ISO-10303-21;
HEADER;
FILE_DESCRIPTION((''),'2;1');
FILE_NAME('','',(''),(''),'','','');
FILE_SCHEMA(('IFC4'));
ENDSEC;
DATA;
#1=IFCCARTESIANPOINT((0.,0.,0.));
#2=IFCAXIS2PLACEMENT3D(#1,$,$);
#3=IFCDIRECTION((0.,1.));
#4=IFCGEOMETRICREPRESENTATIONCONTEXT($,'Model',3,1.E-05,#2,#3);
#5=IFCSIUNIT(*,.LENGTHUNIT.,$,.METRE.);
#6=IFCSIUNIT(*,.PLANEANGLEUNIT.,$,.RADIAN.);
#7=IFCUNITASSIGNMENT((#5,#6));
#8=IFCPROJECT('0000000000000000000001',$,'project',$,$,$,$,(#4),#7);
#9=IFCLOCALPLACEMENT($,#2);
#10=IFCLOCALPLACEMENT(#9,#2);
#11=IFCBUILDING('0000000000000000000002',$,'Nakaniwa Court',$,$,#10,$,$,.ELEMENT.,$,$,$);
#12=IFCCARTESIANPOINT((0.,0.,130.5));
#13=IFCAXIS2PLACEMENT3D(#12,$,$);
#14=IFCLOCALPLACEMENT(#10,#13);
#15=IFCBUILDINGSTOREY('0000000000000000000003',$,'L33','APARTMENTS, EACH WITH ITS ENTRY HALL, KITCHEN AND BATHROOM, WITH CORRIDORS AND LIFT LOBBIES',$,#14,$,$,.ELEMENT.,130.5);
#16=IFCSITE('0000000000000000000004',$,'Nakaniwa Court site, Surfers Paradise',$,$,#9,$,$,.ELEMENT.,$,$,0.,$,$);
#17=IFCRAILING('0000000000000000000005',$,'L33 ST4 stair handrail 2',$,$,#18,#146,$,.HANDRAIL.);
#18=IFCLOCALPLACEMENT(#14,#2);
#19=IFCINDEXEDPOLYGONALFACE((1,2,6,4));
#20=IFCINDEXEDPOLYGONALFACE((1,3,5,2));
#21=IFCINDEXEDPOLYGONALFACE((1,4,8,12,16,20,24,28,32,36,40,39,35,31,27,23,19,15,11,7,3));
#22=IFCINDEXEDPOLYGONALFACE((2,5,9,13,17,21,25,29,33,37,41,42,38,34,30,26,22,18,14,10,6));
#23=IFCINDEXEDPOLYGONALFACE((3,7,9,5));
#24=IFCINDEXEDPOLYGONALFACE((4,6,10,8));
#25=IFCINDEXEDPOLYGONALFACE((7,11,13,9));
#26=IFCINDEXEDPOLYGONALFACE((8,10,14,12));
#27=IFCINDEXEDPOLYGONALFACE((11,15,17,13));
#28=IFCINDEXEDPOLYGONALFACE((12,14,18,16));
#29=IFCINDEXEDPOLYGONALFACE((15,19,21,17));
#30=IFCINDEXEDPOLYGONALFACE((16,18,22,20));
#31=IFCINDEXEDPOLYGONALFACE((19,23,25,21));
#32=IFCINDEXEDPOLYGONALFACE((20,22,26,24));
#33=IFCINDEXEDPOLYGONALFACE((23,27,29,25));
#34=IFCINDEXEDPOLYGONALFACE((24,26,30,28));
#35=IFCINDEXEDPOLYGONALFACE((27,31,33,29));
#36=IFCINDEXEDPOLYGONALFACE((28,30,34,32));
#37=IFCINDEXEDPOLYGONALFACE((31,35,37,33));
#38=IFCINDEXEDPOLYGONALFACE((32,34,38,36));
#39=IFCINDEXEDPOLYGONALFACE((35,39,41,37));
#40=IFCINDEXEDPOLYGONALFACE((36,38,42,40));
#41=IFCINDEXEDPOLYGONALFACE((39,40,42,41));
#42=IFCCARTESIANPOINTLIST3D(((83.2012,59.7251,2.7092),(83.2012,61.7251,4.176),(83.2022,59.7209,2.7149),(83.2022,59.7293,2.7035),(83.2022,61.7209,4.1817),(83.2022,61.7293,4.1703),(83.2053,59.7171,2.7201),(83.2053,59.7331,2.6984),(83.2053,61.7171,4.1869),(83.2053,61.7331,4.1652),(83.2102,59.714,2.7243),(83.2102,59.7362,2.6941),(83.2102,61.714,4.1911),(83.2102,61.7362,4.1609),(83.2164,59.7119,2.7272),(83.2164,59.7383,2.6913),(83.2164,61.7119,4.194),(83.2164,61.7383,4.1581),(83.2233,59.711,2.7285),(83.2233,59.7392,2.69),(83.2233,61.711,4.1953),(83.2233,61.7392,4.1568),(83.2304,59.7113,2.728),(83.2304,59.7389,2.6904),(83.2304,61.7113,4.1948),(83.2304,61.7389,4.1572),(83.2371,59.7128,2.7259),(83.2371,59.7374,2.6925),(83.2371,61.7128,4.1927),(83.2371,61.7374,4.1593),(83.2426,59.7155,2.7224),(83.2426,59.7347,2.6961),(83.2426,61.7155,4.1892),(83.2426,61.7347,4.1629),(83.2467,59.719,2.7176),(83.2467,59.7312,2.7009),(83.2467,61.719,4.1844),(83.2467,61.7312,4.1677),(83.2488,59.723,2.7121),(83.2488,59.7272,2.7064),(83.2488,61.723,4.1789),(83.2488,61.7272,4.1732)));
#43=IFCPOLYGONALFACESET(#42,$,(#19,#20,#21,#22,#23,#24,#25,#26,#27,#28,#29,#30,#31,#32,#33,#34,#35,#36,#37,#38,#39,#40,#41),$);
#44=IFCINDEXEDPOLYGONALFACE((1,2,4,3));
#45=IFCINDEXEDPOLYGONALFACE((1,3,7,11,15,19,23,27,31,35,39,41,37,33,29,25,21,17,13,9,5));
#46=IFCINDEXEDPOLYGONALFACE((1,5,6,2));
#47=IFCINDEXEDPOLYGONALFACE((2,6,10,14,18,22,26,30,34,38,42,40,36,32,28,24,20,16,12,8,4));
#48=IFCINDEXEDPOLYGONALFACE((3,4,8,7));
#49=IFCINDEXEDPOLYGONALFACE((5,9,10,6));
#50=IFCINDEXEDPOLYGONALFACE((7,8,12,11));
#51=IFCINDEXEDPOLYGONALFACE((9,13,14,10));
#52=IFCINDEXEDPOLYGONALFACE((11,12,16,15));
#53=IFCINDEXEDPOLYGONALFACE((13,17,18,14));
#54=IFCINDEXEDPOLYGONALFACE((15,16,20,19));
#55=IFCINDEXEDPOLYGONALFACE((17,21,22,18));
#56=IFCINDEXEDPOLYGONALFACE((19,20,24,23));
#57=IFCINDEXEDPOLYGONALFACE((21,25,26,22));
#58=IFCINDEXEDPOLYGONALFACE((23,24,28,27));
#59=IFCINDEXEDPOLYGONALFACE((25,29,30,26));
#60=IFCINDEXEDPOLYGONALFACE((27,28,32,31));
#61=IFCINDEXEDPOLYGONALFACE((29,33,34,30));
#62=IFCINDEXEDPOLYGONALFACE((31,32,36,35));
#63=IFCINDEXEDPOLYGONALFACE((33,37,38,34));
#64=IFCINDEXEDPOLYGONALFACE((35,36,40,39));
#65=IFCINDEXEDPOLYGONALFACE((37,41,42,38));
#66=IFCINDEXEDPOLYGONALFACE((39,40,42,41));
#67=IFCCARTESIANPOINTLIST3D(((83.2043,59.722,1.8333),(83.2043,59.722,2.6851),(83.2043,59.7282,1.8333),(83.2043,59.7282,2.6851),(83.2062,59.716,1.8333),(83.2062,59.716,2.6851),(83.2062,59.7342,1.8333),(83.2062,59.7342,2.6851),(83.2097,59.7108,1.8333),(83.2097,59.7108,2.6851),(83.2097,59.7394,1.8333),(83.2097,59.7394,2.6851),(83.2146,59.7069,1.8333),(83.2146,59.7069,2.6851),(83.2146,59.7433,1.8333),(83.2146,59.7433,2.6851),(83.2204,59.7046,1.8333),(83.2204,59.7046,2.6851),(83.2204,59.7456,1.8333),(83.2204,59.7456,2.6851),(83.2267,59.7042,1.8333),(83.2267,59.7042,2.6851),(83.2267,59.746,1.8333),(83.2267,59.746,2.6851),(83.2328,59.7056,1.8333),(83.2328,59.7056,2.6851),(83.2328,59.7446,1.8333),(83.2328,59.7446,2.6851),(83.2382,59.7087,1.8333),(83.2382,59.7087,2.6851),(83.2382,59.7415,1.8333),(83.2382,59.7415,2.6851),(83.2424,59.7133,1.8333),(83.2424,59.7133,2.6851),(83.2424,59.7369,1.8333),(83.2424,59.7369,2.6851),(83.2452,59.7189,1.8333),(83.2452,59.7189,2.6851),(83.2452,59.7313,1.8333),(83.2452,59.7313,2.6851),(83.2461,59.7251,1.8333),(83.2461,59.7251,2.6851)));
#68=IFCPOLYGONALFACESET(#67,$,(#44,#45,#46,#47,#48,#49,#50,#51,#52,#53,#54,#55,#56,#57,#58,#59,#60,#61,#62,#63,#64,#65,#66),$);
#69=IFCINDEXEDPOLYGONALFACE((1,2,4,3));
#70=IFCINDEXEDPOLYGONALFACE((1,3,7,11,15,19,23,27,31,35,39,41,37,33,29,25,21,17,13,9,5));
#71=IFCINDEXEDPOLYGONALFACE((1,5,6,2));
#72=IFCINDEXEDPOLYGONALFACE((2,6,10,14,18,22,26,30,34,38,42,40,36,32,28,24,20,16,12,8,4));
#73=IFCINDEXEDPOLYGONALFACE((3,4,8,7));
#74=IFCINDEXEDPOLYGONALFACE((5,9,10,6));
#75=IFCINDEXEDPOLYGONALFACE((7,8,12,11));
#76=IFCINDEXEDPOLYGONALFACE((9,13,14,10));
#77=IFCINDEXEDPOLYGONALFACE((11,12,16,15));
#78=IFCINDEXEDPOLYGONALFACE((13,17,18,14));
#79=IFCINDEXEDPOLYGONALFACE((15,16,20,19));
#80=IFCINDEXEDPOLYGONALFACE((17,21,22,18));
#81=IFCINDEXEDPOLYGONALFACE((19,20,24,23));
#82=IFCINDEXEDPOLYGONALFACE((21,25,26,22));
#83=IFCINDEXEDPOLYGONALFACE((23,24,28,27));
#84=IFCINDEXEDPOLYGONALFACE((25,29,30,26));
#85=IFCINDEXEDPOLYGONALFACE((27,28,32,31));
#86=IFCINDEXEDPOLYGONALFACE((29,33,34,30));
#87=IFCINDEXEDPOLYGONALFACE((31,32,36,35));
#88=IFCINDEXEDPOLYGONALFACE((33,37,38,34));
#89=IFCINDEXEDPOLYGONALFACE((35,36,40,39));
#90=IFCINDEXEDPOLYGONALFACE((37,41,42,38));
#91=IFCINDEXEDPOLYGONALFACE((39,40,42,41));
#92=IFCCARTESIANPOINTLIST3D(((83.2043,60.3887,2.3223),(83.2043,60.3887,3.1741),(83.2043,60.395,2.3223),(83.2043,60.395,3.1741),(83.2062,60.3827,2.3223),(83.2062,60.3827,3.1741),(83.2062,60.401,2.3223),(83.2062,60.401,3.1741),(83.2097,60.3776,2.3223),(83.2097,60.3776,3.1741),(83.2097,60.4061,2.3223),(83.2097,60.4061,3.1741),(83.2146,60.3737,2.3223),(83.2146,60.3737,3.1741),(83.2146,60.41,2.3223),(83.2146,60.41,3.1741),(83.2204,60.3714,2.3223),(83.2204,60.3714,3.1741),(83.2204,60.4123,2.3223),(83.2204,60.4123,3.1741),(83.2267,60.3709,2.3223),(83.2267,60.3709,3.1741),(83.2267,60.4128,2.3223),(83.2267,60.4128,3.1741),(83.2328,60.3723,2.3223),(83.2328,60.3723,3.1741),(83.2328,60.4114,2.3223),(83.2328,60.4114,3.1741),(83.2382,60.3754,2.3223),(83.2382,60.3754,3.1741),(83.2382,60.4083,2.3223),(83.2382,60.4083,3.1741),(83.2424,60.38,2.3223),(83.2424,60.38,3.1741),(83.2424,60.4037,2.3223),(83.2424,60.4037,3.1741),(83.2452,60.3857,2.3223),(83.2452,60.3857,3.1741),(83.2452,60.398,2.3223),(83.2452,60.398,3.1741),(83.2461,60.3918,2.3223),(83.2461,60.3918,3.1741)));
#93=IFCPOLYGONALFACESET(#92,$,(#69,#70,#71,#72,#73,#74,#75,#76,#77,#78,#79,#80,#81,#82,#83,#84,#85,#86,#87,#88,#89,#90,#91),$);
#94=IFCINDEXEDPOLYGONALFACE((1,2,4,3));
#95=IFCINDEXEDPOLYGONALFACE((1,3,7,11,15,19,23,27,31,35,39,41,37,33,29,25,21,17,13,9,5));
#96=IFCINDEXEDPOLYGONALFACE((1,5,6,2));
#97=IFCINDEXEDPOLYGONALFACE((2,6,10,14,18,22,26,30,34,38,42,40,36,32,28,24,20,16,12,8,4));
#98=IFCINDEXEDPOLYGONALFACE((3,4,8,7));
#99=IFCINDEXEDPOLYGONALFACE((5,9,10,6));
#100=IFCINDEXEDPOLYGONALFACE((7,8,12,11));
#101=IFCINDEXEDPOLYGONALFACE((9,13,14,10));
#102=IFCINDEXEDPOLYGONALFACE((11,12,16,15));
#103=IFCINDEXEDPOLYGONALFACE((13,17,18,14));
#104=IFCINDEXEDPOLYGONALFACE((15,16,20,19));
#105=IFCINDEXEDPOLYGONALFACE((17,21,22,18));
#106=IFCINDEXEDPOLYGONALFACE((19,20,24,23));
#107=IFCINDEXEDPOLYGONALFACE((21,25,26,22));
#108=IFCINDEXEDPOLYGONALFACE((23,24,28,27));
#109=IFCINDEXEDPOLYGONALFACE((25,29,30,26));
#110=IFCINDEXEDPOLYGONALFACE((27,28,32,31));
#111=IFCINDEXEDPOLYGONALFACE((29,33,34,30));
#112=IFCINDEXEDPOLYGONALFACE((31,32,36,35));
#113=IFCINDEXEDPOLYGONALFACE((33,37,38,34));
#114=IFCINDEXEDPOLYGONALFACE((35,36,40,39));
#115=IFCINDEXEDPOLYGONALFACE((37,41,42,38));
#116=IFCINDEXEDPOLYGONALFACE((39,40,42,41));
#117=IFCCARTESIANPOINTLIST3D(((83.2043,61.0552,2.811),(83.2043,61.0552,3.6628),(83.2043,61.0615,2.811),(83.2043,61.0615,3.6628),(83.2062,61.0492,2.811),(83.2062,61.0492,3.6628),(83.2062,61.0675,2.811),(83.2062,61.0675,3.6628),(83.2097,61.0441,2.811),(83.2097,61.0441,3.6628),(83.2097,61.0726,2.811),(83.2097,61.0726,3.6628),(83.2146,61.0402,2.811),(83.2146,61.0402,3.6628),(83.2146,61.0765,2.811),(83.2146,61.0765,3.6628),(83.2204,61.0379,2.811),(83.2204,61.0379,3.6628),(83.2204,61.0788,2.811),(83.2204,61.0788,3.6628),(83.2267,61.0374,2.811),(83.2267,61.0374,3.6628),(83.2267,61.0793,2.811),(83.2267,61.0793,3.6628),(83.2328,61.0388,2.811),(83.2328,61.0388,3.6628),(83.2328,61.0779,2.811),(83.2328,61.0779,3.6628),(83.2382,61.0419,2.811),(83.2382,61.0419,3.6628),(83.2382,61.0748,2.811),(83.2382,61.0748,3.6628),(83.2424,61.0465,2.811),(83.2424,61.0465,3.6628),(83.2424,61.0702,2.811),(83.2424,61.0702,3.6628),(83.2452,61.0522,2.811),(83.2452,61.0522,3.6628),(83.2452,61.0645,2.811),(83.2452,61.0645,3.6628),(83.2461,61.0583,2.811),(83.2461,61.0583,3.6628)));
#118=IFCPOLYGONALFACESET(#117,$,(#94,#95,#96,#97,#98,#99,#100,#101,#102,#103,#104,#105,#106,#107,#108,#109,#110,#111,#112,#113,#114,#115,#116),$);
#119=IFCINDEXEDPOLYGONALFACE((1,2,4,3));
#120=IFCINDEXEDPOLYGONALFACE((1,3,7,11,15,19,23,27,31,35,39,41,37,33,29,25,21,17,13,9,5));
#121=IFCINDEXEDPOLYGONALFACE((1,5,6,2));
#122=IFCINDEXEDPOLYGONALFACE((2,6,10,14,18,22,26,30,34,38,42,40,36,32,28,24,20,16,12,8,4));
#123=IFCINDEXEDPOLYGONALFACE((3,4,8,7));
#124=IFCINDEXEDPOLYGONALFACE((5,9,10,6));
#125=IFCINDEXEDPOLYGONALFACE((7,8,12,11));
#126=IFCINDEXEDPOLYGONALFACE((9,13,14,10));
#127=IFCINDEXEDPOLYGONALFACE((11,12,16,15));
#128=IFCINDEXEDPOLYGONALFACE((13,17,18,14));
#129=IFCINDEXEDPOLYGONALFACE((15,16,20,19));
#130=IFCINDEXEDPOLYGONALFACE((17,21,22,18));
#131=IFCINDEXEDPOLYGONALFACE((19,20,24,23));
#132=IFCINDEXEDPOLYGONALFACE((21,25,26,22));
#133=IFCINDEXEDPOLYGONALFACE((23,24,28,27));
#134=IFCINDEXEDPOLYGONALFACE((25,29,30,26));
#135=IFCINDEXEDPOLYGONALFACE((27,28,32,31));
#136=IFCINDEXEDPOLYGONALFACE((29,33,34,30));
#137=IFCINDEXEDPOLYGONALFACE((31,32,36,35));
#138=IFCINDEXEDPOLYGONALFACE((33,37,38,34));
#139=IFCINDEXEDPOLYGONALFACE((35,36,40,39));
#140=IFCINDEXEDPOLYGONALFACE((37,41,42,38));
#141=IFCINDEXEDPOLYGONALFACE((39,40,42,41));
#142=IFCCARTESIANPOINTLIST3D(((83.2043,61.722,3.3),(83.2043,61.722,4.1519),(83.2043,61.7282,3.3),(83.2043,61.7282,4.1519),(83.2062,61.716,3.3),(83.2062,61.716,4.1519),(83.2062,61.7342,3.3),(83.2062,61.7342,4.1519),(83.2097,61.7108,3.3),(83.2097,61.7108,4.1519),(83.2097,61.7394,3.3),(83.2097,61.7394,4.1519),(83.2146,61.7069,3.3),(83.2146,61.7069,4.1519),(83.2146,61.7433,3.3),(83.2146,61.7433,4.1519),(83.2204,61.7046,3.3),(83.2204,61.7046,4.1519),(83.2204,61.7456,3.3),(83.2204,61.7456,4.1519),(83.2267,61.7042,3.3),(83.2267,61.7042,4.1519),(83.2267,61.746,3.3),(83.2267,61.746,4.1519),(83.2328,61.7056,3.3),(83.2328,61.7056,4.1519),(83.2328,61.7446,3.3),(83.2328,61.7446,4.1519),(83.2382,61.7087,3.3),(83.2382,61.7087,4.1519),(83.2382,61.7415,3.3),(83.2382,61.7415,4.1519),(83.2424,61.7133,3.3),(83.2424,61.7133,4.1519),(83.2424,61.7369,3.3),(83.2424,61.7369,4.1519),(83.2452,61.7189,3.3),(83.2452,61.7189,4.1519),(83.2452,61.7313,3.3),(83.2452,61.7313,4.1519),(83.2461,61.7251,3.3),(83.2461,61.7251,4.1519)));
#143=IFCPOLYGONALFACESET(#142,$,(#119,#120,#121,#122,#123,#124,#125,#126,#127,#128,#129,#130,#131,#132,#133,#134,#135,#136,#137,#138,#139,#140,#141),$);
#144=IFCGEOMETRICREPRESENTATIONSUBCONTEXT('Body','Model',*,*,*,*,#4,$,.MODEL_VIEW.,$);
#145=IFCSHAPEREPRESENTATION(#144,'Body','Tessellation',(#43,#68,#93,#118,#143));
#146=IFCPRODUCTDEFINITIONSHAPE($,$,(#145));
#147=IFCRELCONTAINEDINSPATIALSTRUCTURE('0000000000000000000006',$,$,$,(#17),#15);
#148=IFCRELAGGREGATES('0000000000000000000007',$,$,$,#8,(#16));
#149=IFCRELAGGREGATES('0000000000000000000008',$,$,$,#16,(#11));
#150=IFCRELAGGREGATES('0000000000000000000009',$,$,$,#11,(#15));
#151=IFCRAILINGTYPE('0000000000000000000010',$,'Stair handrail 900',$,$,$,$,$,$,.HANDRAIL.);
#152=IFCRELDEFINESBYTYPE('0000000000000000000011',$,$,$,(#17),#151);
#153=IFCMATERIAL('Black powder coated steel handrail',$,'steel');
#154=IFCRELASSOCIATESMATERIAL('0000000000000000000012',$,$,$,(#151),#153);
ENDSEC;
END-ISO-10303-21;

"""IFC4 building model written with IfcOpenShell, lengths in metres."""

from ifc_helpers import new_model, si_unit, direction, frame, origin, origin_2d, place, context, subcontext, project, spatial, circle, extrude, material, type_object, element, save


model = new_model("IFC4")

# Units and contexts
model_context = context("Model", 3, precision=1e-05, world=origin(), true_north=direction((0.0, 1.0)))
body_context = subcontext(model_context, "Body", "Model", "MODEL_VIEW")
ifc_project = project(units=[si_unit("LENGTHUNIT", "METRE"), si_unit("PLANEANGLEUNIT", "RADIAN")], contexts=[model_context])

# Site, building, storey
site_placement = place(None, origin())
site = spatial("IfcSite", under=ifc_project, at=site_placement, Name="Nakaniwa Court site, Surfers Paradise", CompositionType="ELEMENT", RefElevation=0.0)
building_placement = place(site_placement, origin())
building = spatial("IfcBuilding", under=site, at=building_placement, Name="Nakaniwa Court", CompositionType="ELEMENT")
storey_placement = place(building_placement, frame((0.0, 0.0, 130.5)))
storey = spatial("IfcBuildingStorey", under=building, at=storey_placement, Name="L33", Description="APARTMENTS, EACH WITH ITS ENTRY HALL, KITCHEN AND BATHROOM, WITH CORRIDORS AND LIFT LOBBIES", CompositionType="ELEMENT", Elevation=130.5)

# Railing
ifc_material_1 = material(Name="Black powder coated steel handrail", Category="steel")
railing_type_1 = type_object("IfcRailingType", Name="Stair handrail 900", PredefinedType="HANDRAIL", material=ifc_material_1)
railing_1_placement = place(storey_placement, frame((83.2251, 59.7251, 1.8333)))
element("IfcRailing", 1, at=railing_1_placement, inside=storey, type_object=railing_type_1, Name="L33 ST4 stair handrail 2", PredefinedType="HANDRAIL", context=body_context, shape_type="SweptSolid", body=[
    extrude(circle(Radius=0.0239, at=origin_2d()), frame((0.0, 0.0, 0.876), z_axis=(0.0, 0.80638, 0.591398), x_axis=(-1.0, 0.0, 0.0)), (0.0, 0.0, 1.0), 2.4802),
    extrude(circle(Radius=0.021, at=origin_2d()), origin(), (0.0, 0.0, 1.0), 0.8518),
    extrude(circle(Radius=0.021, at=origin_2d()), frame((0.0, 0.6667, 0.489)), (0.0, 0.0, 1.0), 0.8518),
    extrude(circle(Radius=0.021, at=origin_2d()), frame((0.0, 1.3333, 0.9778)), (0.0, 0.0, 1.0), 0.8518),
    extrude(circle(Radius=0.021, at=origin_2d()), frame((0.0, 2.0, 1.4668)), (0.0, 0.0, 1.0), 0.8518),
])

save(model, "model.ifc")
